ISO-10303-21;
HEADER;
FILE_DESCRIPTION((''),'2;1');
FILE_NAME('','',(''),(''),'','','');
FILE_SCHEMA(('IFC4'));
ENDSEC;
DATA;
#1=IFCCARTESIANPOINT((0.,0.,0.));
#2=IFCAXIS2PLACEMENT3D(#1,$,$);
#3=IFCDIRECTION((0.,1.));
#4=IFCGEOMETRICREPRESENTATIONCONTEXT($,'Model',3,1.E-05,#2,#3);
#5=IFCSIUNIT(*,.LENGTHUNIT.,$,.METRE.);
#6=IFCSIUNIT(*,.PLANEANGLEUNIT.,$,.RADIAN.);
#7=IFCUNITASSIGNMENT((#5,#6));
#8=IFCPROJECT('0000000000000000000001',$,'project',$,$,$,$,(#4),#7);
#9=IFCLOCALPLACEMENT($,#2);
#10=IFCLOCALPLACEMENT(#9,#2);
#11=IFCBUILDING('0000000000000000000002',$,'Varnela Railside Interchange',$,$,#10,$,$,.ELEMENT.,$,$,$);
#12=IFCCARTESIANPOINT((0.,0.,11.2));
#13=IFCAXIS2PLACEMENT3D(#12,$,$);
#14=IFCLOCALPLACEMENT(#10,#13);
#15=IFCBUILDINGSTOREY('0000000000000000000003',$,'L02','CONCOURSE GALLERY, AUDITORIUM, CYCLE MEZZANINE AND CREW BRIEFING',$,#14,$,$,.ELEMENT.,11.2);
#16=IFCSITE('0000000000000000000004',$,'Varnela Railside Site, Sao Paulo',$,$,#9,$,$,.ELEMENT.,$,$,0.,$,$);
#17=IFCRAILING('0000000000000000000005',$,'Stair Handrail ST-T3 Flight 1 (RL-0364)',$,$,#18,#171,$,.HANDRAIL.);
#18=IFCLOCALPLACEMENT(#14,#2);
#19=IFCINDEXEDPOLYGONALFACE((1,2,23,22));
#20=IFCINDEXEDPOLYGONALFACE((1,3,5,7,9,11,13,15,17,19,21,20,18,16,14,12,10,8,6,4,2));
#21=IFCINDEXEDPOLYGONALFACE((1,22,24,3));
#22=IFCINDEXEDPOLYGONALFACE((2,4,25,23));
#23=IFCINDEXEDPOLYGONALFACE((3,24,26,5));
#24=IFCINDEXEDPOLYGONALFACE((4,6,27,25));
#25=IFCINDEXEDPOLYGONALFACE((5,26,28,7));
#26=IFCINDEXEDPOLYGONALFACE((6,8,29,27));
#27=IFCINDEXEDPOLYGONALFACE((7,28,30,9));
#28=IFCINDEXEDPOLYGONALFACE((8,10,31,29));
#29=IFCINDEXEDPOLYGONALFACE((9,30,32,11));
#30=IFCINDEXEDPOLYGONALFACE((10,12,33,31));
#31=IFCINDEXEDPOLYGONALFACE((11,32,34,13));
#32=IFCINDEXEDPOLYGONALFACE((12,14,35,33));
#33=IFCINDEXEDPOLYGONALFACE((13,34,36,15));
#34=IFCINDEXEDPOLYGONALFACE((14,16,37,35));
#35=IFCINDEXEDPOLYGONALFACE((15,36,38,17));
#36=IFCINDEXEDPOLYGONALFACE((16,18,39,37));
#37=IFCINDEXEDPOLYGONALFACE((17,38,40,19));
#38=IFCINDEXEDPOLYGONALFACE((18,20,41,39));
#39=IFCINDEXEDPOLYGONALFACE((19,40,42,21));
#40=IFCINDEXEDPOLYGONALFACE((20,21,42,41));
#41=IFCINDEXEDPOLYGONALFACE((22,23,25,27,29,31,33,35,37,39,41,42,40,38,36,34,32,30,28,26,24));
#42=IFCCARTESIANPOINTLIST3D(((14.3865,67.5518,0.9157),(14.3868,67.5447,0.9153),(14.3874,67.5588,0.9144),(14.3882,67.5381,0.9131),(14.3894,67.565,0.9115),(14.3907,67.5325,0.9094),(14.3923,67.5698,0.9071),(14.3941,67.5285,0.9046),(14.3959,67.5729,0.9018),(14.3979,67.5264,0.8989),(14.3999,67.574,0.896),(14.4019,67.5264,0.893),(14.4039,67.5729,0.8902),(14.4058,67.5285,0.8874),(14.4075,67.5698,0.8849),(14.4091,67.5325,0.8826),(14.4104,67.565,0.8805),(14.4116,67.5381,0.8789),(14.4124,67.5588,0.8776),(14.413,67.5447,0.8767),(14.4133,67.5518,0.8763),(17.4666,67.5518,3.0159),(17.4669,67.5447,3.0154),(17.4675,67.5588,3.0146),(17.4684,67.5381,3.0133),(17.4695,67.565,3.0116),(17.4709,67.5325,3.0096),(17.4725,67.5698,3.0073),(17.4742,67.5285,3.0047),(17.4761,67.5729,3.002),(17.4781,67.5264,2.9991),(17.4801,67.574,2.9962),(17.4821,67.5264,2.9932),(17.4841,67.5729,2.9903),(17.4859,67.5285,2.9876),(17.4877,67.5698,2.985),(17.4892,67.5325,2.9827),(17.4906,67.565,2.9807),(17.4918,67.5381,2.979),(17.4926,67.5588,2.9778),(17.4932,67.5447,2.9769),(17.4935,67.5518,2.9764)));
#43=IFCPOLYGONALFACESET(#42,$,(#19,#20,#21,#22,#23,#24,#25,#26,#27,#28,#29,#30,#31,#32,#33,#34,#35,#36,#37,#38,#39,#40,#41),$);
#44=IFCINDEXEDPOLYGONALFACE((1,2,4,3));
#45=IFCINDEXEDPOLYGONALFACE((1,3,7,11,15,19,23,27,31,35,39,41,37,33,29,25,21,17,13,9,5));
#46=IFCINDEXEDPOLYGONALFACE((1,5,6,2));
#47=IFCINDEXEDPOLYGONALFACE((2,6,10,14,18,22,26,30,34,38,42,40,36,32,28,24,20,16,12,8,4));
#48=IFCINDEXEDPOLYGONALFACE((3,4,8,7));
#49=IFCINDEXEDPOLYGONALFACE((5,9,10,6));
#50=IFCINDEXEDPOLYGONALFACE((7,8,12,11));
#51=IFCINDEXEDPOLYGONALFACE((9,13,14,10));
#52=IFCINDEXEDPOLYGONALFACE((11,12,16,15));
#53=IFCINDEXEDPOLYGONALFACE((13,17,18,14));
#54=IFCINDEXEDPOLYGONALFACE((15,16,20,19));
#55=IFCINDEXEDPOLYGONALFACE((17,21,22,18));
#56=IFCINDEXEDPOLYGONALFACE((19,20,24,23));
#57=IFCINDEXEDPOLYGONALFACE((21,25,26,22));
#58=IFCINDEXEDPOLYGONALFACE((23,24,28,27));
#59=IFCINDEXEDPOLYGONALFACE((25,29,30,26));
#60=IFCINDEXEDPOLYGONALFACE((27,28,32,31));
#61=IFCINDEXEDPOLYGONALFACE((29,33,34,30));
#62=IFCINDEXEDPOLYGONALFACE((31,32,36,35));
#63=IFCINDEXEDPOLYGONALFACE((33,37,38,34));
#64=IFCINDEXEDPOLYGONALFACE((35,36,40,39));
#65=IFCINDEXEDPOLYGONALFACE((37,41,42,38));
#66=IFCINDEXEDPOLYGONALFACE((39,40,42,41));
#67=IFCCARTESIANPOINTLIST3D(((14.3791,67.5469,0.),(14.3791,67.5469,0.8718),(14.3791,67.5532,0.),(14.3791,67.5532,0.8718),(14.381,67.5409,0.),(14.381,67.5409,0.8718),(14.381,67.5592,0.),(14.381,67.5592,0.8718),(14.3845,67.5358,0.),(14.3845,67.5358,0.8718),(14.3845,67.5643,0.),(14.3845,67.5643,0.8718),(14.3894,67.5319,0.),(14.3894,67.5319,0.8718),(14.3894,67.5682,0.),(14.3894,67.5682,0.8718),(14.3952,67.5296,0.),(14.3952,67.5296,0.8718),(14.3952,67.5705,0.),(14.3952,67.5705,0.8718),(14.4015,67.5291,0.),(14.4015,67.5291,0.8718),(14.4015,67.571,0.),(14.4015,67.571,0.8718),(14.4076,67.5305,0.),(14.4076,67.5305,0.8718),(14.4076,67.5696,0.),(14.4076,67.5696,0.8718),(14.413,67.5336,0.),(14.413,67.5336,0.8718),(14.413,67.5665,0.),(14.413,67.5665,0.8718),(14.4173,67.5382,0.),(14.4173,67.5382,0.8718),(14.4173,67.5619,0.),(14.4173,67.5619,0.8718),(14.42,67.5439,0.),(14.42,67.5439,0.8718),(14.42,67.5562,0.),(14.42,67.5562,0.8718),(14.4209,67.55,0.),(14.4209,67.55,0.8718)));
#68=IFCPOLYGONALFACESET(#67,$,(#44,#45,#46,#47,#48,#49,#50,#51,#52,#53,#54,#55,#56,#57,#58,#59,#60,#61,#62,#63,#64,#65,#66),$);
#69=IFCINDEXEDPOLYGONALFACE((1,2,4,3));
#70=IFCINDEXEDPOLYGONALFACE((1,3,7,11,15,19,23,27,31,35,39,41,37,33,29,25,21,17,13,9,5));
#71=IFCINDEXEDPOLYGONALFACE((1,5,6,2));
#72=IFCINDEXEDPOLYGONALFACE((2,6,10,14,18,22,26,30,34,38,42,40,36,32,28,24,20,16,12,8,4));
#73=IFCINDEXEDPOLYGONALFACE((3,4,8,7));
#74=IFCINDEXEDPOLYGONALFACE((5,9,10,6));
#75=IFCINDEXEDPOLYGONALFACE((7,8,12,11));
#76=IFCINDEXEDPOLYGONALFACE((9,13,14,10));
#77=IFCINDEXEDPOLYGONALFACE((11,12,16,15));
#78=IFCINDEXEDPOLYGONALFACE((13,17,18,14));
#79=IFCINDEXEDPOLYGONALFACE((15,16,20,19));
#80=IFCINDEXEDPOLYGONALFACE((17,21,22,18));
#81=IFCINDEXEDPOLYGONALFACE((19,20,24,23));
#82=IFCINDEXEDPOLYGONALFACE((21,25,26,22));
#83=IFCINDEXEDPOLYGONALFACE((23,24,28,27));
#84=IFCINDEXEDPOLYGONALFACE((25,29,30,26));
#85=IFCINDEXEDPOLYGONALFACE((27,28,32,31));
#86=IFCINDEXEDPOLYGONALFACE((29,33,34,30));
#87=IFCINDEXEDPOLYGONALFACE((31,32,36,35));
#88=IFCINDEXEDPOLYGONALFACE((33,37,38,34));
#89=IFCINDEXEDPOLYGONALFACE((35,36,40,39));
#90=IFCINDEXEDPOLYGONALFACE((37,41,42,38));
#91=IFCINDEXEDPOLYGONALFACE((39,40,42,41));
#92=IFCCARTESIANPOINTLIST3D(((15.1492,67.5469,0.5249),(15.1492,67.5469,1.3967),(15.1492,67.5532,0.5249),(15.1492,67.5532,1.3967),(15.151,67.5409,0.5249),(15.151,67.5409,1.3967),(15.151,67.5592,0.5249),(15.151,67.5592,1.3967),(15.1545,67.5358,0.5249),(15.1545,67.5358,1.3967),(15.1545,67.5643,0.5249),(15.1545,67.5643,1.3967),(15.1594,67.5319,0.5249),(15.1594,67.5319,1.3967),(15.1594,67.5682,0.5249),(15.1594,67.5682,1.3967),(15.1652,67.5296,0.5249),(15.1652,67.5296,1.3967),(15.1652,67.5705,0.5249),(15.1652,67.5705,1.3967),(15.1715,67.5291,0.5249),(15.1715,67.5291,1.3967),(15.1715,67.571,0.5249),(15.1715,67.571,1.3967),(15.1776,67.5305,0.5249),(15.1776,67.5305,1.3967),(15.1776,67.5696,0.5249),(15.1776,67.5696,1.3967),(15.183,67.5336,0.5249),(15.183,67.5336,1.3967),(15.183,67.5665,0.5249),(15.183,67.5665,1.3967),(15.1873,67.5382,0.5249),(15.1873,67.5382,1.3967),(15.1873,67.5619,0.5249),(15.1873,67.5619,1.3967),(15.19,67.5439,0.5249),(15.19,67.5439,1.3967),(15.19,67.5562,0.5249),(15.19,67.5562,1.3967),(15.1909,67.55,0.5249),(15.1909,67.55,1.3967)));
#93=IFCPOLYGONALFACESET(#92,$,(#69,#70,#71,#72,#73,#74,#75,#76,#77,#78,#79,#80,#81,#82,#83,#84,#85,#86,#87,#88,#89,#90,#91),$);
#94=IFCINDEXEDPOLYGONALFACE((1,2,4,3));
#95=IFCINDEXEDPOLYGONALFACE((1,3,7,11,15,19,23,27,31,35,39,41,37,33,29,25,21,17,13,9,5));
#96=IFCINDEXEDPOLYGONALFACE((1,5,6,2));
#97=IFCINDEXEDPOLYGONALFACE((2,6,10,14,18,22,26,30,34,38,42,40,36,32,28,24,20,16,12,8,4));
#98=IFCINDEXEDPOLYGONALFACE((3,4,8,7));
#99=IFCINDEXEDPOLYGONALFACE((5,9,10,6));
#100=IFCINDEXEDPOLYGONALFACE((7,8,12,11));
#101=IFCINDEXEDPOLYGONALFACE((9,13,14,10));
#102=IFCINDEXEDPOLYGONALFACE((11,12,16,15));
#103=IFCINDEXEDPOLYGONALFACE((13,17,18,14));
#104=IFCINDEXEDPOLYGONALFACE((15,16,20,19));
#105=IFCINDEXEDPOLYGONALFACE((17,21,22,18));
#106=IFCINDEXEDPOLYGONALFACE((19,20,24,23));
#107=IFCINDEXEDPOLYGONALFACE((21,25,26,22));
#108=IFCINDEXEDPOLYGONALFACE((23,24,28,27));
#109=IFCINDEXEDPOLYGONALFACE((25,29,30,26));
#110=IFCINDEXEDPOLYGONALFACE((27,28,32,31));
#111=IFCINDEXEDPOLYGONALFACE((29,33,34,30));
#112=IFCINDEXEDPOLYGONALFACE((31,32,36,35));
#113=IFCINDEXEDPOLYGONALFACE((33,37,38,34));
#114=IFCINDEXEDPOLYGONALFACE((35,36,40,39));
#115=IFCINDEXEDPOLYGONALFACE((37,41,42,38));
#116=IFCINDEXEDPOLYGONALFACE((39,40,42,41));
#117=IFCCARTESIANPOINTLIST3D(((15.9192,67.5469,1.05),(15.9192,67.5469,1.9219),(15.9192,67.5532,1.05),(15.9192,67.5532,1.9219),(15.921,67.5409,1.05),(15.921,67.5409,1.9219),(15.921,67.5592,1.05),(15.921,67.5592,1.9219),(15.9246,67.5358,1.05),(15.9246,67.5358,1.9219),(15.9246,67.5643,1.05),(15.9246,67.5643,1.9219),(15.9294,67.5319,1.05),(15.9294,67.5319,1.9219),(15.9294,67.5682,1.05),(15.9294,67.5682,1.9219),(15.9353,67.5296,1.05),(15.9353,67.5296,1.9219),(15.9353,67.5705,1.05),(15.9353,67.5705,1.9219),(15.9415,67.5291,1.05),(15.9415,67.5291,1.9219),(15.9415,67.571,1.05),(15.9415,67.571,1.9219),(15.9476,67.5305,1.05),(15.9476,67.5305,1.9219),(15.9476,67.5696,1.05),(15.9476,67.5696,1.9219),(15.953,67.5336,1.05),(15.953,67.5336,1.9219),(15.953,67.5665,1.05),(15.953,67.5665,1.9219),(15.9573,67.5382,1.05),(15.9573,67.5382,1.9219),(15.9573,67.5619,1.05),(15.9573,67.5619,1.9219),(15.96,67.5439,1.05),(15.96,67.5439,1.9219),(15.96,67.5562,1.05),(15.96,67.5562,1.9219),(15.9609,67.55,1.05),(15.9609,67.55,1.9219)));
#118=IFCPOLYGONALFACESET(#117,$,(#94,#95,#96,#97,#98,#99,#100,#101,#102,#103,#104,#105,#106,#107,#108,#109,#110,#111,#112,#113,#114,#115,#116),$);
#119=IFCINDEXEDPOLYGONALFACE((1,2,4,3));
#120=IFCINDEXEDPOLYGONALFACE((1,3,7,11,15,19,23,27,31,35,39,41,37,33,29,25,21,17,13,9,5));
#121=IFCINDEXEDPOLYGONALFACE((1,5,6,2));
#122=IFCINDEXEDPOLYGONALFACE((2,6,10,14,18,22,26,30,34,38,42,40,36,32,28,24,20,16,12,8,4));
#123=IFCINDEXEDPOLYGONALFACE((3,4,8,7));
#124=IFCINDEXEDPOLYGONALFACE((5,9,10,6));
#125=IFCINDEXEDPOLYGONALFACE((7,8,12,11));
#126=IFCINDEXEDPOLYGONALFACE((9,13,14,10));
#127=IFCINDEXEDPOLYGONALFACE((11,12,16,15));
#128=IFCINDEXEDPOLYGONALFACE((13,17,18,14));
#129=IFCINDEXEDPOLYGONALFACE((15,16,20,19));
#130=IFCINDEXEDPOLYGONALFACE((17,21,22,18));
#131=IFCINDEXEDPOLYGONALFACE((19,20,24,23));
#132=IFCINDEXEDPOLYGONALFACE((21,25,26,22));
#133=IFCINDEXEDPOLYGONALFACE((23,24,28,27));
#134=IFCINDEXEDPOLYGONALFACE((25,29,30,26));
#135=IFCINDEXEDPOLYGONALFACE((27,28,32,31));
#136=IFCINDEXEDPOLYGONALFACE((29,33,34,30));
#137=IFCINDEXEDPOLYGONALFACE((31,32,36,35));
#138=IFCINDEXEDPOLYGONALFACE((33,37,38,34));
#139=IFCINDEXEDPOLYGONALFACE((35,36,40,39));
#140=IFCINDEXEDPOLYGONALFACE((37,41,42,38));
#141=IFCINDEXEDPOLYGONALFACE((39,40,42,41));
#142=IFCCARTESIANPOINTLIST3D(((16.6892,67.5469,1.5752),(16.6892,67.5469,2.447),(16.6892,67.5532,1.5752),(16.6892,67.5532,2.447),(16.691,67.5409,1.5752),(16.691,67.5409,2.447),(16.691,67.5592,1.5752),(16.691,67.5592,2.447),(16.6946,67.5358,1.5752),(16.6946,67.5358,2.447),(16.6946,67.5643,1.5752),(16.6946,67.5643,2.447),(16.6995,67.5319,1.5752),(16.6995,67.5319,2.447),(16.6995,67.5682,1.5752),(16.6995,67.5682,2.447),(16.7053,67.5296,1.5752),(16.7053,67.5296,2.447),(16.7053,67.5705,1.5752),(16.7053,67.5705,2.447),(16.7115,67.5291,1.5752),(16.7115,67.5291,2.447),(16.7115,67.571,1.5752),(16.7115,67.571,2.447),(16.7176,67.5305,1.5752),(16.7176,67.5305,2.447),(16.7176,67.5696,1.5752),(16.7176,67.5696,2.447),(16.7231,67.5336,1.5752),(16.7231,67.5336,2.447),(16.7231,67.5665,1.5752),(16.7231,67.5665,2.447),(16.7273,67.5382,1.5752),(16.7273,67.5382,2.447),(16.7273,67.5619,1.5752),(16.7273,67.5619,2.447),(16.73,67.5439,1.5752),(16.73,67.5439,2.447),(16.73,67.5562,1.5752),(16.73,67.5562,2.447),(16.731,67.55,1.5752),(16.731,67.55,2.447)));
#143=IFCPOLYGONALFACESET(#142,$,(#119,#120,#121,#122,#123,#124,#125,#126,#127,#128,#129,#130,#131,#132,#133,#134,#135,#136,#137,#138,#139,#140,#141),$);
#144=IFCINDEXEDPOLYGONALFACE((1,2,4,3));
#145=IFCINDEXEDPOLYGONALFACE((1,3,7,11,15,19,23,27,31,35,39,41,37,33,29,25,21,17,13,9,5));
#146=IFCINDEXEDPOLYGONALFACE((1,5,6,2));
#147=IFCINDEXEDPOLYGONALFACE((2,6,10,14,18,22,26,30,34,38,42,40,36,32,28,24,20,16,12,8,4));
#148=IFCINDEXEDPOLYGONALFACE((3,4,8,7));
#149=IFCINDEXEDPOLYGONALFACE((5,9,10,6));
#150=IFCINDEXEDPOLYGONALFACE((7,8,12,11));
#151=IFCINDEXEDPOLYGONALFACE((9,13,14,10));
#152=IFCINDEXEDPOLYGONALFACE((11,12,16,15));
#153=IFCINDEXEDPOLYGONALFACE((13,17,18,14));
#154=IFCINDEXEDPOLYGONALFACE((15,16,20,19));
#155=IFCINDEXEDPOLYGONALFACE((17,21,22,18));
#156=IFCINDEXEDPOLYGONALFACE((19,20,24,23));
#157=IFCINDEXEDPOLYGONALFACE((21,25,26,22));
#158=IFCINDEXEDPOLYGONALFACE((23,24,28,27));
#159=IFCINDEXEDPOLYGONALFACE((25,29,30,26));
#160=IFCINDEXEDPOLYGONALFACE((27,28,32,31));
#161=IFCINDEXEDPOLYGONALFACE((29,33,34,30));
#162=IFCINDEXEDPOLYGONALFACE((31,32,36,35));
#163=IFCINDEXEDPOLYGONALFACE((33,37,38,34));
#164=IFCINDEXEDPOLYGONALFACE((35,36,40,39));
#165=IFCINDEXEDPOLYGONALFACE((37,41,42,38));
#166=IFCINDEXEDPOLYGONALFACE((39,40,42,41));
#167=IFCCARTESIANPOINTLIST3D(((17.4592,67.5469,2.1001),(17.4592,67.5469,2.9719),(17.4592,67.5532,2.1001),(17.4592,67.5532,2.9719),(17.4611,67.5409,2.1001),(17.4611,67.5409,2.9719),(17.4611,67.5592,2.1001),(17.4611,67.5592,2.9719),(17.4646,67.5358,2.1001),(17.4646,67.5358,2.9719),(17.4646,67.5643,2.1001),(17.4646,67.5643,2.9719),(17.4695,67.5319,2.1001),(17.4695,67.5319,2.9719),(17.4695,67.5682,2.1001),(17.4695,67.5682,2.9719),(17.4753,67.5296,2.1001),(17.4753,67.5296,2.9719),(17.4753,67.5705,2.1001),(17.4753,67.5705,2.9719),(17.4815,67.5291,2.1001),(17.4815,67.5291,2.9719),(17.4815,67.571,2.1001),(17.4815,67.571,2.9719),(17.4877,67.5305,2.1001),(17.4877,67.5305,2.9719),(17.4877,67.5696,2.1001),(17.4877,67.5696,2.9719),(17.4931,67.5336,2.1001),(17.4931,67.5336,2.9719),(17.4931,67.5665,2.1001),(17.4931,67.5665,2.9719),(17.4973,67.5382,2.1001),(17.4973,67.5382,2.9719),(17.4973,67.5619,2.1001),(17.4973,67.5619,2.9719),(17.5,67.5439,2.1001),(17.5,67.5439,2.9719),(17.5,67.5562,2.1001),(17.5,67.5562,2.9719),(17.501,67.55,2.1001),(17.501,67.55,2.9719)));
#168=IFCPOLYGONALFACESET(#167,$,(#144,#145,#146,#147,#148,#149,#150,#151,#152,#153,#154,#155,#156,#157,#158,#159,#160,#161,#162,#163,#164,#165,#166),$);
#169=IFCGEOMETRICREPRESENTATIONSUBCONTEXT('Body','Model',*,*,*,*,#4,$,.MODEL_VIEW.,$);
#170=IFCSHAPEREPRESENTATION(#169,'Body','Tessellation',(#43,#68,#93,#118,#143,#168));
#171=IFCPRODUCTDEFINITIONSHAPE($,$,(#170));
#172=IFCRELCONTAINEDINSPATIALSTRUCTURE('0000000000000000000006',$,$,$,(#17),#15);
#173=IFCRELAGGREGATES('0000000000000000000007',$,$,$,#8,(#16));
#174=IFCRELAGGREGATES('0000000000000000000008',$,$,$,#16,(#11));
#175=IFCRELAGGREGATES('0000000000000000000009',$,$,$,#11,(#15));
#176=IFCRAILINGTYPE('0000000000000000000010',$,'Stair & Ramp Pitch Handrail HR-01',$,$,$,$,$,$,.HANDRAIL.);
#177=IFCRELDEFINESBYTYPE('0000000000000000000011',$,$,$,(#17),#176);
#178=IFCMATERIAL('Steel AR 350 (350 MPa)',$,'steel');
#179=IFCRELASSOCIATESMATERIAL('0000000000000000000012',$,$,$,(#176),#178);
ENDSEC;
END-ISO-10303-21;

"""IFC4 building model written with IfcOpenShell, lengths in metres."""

from ifc_helpers import new_model, si_unit, direction, frame, origin, origin_2d, place, context, subcontext, project, spatial, circle, extrude, material, type_object, element, save


model = new_model("IFC4")

# Units and contexts
model_context = context("Model", 3, precision=1e-05, world=origin(), true_north=direction((0.0, 1.0)))
body_context = subcontext(model_context, "Body", "Model", "MODEL_VIEW")
ifc_project = project(units=[si_unit("LENGTHUNIT", "METRE"), si_unit("PLANEANGLEUNIT", "RADIAN")], contexts=[model_context])

# Site, building, storey
site_placement = place(None, origin())
site = spatial("IfcSite", under=ifc_project, at=site_placement, Name="Varnela Railside Site, Sao Paulo", CompositionType="ELEMENT", RefElevation=0.0)
building_placement = place(site_placement, origin())
building = spatial("IfcBuilding", under=site, at=building_placement, Name="Varnela Railside Interchange", CompositionType="ELEMENT")
storey_placement = place(building_placement, frame((0.0, 0.0, 11.2)))
storey = spatial("IfcBuildingStorey", under=building, at=storey_placement, Name="L02", Description="CONCOURSE GALLERY, AUDITORIUM, CYCLE MEZZANINE AND CREW BRIEFING", CompositionType="ELEMENT", Elevation=11.2)

# Shared definitions
ifc_material_1 = material(Name="Steel AR 350 (350 MPa)", Category="steel")

# Railing
railing_type_1 = type_object("IfcRailingType", Name="Stair & Ramp Pitch Handrail HR-01", PredefinedType="HANDRAIL", material=ifc_material_1)
railing_1_placement = place(storey_placement, frame((14.3999, 67.55, 0.0)))
element("IfcRailing", 1, at=railing_1_placement, inside=storey, type_object=railing_type_1, Name="Stair Handrail ST-T3 Flight 1 (RL-0364)", PredefinedType="HANDRAIL", context=body_context, shape_type="SweptSolid", body=[
    extrude(circle(Radius=0.0239, at=origin_2d()), frame((0.0, 0.0, 0.896), z_axis=(0.826222, 0.0, 0.563345), x_axis=(0.0, 1.0, 0.0)), (0.0, 0.0, 1.0), 3.728),
    extrude(circle(Radius=0.021, at=origin_2d()), origin(), (0.0, 0.0, 1.0), 0.8718),
    extrude(circle(Radius=0.021, at=origin_2d()), frame((0.77, 0.0, 0.5249)), (0.0, 0.0, 1.0), 0.8718),
    extrude(circle(Radius=0.021, at=origin_2d()), frame((1.54, 0.0, 1.05)), (0.0, 0.0, 1.0), 0.8718),
    extrude(circle(Radius=0.021, at=origin_2d()), frame((2.3101, 0.0, 1.5752)), (0.0, 0.0, 1.0), 0.8718),
    extrude(circle(Radius=0.021, at=origin_2d()), frame((3.0801, 0.0, 2.1001)), (0.0, 0.0, 1.0), 0.8718),
])

save(model, "model.ifc")
